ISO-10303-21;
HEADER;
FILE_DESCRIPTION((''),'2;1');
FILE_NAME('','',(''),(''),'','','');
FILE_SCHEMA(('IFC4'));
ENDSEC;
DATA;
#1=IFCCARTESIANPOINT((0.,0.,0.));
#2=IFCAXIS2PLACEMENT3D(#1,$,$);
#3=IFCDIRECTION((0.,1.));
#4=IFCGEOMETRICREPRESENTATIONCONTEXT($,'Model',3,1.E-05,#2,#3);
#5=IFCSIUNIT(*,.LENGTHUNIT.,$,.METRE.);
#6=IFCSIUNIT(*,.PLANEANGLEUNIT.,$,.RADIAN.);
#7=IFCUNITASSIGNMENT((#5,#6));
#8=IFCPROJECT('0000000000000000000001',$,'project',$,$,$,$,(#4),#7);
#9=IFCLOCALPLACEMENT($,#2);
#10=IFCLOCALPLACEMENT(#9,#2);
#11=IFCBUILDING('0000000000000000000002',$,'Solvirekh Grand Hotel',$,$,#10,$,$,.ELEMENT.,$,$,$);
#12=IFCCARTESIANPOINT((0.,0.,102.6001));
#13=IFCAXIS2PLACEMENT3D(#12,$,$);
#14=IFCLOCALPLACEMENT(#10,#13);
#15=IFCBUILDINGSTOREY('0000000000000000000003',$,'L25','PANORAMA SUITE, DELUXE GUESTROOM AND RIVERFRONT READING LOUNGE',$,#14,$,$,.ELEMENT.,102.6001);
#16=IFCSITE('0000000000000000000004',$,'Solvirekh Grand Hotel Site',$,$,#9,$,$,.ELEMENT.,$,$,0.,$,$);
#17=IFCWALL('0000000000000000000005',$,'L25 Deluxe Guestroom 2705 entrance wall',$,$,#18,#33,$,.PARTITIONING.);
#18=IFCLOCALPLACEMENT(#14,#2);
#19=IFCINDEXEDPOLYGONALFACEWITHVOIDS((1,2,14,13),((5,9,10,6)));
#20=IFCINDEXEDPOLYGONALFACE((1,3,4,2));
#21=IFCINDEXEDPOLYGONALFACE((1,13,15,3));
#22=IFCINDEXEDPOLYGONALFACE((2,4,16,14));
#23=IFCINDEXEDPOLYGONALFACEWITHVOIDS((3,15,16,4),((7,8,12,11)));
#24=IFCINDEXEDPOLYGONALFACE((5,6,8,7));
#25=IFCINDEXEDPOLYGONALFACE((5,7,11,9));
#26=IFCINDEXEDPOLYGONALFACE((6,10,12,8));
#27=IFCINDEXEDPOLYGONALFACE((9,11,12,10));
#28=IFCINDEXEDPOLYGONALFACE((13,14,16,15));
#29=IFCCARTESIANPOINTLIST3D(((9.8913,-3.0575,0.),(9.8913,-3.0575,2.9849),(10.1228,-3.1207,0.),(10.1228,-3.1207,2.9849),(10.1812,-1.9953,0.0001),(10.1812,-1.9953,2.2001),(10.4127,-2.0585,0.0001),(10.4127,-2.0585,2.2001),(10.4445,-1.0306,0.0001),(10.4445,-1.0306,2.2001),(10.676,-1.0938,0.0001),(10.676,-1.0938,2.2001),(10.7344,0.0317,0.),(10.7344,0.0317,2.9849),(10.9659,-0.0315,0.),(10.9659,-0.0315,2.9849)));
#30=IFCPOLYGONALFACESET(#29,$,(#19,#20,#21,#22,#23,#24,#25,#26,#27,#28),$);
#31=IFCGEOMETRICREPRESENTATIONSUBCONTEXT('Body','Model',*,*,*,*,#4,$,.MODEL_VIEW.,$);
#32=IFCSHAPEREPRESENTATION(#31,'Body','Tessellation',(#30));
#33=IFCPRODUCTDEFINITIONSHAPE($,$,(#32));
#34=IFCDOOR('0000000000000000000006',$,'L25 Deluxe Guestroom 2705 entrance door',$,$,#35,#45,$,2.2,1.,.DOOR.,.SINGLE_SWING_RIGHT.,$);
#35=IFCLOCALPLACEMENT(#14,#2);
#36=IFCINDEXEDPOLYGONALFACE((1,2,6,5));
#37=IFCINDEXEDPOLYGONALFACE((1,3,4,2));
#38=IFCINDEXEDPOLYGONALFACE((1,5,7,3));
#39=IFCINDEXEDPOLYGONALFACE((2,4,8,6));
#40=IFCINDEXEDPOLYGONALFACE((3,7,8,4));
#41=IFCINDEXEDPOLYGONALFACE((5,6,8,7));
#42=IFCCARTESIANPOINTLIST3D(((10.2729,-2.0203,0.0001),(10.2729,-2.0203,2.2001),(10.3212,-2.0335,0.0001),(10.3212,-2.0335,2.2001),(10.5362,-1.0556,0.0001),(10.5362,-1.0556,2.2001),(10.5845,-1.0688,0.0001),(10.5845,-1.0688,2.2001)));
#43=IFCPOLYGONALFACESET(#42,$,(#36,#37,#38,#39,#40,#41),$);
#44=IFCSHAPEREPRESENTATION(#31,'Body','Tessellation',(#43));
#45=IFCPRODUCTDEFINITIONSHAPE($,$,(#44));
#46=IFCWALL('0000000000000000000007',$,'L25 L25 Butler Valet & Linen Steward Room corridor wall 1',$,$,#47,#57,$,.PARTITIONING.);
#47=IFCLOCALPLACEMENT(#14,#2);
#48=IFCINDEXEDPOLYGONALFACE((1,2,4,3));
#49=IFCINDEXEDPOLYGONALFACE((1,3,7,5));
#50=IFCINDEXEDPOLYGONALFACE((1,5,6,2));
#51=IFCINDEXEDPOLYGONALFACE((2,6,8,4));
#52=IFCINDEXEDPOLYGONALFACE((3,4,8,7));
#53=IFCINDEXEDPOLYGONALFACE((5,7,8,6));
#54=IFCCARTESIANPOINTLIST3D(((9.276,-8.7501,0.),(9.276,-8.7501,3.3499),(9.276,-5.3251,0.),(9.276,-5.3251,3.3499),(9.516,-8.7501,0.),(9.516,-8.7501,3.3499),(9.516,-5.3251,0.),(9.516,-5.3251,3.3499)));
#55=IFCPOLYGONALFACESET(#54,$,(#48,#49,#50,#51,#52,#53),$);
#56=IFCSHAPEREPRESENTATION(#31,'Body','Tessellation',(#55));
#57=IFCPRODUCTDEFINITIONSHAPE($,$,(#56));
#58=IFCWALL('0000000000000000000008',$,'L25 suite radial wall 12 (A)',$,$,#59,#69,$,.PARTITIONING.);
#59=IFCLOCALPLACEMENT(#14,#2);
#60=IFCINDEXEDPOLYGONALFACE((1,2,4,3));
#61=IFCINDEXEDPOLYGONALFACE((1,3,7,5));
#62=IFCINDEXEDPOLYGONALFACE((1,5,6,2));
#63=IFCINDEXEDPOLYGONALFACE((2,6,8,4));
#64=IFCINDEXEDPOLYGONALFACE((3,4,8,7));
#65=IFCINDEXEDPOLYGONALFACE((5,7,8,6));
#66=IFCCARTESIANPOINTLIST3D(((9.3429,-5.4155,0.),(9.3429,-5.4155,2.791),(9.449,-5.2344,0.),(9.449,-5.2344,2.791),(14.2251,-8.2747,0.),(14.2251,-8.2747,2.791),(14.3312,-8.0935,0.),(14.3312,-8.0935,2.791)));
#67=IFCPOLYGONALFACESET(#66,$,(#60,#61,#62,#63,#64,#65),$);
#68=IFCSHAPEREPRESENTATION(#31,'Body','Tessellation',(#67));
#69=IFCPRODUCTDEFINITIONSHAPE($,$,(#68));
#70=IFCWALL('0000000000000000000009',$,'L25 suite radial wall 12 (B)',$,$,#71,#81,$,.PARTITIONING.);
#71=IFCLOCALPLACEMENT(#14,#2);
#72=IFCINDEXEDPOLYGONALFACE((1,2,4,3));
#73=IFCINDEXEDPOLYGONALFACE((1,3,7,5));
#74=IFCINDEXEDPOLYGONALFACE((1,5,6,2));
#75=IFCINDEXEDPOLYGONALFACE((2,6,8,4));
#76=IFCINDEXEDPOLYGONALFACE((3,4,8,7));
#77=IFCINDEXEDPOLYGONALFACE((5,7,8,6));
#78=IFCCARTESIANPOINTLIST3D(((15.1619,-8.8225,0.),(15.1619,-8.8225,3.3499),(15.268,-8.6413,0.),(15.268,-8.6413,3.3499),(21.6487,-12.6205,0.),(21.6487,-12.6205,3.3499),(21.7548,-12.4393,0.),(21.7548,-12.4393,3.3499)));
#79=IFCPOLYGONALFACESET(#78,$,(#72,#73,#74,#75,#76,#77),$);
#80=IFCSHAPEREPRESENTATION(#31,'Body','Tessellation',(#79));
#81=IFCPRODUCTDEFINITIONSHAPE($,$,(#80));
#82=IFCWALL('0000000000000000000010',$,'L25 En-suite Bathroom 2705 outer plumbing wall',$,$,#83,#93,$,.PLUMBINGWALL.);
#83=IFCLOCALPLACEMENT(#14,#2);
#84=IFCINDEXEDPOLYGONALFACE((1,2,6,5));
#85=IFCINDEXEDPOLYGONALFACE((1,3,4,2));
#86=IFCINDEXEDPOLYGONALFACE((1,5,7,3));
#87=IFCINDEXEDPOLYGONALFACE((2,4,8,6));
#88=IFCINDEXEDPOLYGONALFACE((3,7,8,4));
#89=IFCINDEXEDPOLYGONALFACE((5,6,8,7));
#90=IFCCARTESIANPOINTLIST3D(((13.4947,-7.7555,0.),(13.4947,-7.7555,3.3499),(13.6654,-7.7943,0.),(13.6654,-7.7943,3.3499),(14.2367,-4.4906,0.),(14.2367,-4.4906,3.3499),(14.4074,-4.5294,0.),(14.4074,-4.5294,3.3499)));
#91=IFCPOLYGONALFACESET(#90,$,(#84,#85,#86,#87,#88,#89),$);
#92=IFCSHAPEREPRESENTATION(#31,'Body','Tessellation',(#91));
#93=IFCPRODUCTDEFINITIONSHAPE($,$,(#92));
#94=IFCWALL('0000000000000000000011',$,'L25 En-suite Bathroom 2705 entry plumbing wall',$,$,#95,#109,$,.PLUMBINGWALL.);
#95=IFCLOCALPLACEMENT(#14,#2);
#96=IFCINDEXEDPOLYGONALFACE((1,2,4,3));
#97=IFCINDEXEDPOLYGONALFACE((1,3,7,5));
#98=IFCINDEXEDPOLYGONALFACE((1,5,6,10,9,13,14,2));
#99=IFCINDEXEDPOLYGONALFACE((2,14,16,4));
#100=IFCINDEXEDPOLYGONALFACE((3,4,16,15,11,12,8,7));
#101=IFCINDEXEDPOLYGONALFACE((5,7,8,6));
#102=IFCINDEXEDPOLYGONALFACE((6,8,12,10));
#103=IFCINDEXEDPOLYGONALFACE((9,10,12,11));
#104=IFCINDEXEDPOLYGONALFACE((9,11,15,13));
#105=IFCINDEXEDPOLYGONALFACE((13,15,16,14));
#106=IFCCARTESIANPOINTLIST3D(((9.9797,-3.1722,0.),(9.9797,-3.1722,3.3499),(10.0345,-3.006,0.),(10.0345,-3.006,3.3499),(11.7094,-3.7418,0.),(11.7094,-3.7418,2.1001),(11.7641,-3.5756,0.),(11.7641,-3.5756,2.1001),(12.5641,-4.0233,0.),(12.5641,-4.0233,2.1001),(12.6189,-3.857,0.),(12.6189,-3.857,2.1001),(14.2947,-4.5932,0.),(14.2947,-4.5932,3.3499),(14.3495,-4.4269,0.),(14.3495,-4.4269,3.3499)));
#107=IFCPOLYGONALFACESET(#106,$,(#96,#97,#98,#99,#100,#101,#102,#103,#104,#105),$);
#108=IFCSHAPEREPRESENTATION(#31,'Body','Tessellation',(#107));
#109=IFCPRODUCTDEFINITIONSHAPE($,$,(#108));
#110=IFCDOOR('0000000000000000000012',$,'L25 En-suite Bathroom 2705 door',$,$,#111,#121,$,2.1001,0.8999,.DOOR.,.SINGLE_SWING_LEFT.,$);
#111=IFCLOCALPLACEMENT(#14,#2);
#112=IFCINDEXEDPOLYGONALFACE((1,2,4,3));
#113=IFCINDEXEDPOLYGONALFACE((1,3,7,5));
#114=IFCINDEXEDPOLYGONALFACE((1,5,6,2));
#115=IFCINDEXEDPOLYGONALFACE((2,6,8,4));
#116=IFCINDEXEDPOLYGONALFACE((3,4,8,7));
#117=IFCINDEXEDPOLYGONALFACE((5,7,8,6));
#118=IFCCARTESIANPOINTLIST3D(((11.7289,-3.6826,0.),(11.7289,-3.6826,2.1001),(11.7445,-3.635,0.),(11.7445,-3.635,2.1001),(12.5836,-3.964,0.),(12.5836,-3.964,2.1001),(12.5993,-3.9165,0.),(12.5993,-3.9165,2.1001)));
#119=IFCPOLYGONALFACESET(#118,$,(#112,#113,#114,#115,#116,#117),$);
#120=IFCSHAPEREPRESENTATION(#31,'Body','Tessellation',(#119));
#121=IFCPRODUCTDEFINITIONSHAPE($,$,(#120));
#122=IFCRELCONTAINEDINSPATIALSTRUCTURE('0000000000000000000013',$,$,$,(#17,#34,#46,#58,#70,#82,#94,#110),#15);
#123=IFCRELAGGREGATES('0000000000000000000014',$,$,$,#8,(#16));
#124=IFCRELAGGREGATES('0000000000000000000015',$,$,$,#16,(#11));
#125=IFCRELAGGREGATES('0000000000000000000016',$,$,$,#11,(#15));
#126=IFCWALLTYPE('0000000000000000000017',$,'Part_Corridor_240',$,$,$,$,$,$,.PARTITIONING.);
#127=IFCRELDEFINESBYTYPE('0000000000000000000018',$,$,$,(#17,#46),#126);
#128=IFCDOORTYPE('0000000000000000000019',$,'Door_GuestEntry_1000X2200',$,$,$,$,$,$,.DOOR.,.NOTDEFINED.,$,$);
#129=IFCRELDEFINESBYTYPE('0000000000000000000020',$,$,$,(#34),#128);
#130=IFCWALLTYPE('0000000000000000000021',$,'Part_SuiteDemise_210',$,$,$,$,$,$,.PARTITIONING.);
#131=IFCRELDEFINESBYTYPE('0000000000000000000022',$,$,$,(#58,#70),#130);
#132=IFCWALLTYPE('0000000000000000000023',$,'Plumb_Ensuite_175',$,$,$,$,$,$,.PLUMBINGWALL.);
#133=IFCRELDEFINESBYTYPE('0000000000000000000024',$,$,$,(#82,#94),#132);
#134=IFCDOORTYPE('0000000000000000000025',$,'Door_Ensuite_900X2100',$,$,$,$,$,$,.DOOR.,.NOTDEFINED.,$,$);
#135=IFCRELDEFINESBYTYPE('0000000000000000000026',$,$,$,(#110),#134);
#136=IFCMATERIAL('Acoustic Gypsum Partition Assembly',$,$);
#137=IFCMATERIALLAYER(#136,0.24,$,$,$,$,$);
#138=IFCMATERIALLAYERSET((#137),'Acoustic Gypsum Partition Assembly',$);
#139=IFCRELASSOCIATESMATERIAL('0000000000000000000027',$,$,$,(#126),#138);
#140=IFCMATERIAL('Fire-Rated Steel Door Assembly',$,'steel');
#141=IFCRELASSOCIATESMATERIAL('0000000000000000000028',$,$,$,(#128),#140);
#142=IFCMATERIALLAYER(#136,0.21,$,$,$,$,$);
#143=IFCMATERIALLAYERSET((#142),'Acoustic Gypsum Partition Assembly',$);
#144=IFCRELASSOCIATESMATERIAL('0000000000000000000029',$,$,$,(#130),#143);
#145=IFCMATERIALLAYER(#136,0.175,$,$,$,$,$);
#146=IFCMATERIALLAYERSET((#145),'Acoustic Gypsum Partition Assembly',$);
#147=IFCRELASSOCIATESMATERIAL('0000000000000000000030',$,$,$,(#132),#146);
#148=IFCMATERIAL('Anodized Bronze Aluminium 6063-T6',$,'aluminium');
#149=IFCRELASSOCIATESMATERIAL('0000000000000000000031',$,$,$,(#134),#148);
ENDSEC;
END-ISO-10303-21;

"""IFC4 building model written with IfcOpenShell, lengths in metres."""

from ifc_helpers import new_model, si_unit, direction, frame, frame_2d, origin, place, context, subcontext, project, spatial, rectangle, extrude, material, layer, layer_set, type_object, element, fill, save


model = new_model("IFC4")

# Units and contexts
model_context = context("Model", 3, precision=1e-05, world=origin(), true_north=direction((0.0, 1.0)))
body_context = subcontext(model_context, "Body", "Model", "MODEL_VIEW")
ifc_project = project(units=[si_unit("LENGTHUNIT", "METRE"), si_unit("PLANEANGLEUNIT", "RADIAN")], contexts=[model_context])

# Site, building, storey
site_placement = place(None, origin())
site = spatial("IfcSite", under=ifc_project, at=site_placement, Name="Solvirekh Grand Hotel Site", CompositionType="ELEMENT", RefElevation=0.0)
building_placement = place(site_placement, origin())
building = spatial("IfcBuilding", under=site, at=building_placement, Name="Solvirekh Grand Hotel", CompositionType="ELEMENT")
storey_placement = place(building_placement, frame((0.0, 0.0, 102.6001)))
storey = spatial("IfcBuildingStorey", under=building, at=storey_placement, Name="L25", Description="PANORAMA SUITE, DELUXE GUESTROOM AND RIVERFRONT READING LOUNGE", CompositionType="ELEMENT", Elevation=102.6001)

# Shared definitions
ifc_material_1 = material(Name="Anodized Bronze Aluminium 6063-T6", Category="aluminium")

# Shared definitions
ifc_material_2 = material(Name="Acoustic Gypsum Partition Assembly")
ifc_layer_1 = layer(ifc_material_2, 0.24)
ifc_layer_set_1 = layer_set([ifc_layer_1], Name="Acoustic Gypsum Partition Assembly")
wall_type_1 = type_object("IfcWallType", Name="Part_Corridor_240", PredefinedType="PARTITIONING", material=ifc_layer_set_1)
ifc_material_3 = material(Name="Fire-Rated Steel Door Assembly", Category="steel")

# Wall, opening, door
wall_1_placement = place(storey_placement, frame((10.0071, -3.0891, 0.0), z_axis=(0.0, 0.0, 1.0), x_axis=(0.263272, 0.964722, 0.0)))
wall_1 = element("IfcWall", 1, at=wall_1_placement, inside=storey, type_object=wall_type_1, Name="L25 Deluxe Guestroom 2705 entrance wall", PredefinedType="PARTITIONING", context=body_context, shape_type="SweptSolid", body=[
    extrude(rectangle(XDim=3.2021, YDim=0.24, at=frame_2d((1.6011, 0.0))), origin(), (0.0, 0.0, 1.0), 2.9849),
])
opening_1_placement = place(wall_1_placement, frame((1.1011, 0.0, 0.0)))
opening_1 = element("IfcOpeningElement", 2, at=opening_1_placement, cuts=wall_1, PredefinedType="OPENING", context=body_context, shape_type="SweptSolid", body=[
    extrude(rectangle(XDim=1.0, YDim=2.2, at=frame_2d((0.5, 1.1001))), frame((0.0, 0.1299, 0.0), z_axis=(0.0, -1.0, 0.0), x_axis=(1.0, 0.0, 0.0)), (0.0, 0.0, 1.0), 0.26),
])
door_type_1 = type_object("IfcDoorType", Name="Door_GuestEntry_1000X2200", OperationType="NOTDEFINED", PredefinedType="DOOR", material=ifc_material_3)
door_1_placement = place(opening_1_placement, origin())
door_1 = element("IfcDoor", 3, at=door_1_placement, inside=storey, type_object=door_type_1, Name="L25 Deluxe Guestroom 2705 entrance door", OperationType="SINGLE_SWING_RIGHT", OverallHeight=2.2, OverallWidth=1.0, PredefinedType="DOOR", context=body_context, shape_type="SweptSolid", body=[
    extrude(rectangle(XDim=1.0, YDim=2.2, at=frame_2d((0.5, 1.1001))), frame((0.0, 0.0249, 0.0), z_axis=(0.0, -1.0, 0.0), x_axis=(1.0, 0.0, 0.0)), (0.0, 0.0, 1.0), 0.05),
])
fill(opening_1, door_1)

# Walls
wall_2_placement = place(storey_placement, frame((9.396, -8.75, 0.0), z_axis=(0.0, 0.0, 1.0), x_axis=(0.0, 1.0, 0.0)))
element("IfcWall", 4, at=wall_2_placement, inside=storey, type_object=wall_type_1, Name="L25 L25 Butler Valet & Linen Steward Room corridor wall 1", PredefinedType="PARTITIONING", context=body_context, shape_type="SweptSolid", body=[
    extrude(rectangle(XDim=3.425, YDim=0.24, at=frame_2d((1.7124, 0.0))), origin(), (0.0, 0.0, 1.0), 3.3499),
])
ifc_layer_2 = layer(ifc_material_2, 0.21)
ifc_layer_set_2 = layer_set([ifc_layer_2], Name="Acoustic Gypsum Partition Assembly")
wall_type_2 = type_object("IfcWallType", Name="Part_SuiteDemise_210", PredefinedType="PARTITIONING", material=ifc_layer_set_2)
wall_3_placement = place(storey_placement, frame((9.396, -5.325, 0.0), z_axis=(0.0, 0.0, 1.0), x_axis=(0.862912, -0.505354, 0.0)))
element("IfcWall", 5, at=wall_3_placement, inside=storey, type_object=wall_type_2, Name="L25 suite radial wall 12 (A)", PredefinedType="PARTITIONING", context=body_context, shape_type="SweptSolid", body=[
    extrude(rectangle(XDim=5.6577, YDim=0.21, at=frame_2d((2.8289, 0.0))), origin(), (0.0, 0.0, 1.0), 2.791),
])
wall_4_placement = place(storey_placement, frame((15.2151, -8.7319, 0.0), z_axis=(0.0, 0.0, 1.0), x_axis=(0.86296, -0.505272, 0.0)))
element("IfcWall", 6, at=wall_4_placement, inside=storey, type_object=wall_type_2, Name="L25 suite radial wall 12 (B)", PredefinedType="PARTITIONING", context=body_context, shape_type="SweptSolid", body=[
    extrude(rectangle(XDim=7.5168, YDim=0.21, at=frame_2d((3.7583, 0.0))), origin(), (0.0, 0.0, 1.0), 3.3499),
])
ifc_layer_3 = layer(ifc_material_2, 0.175)
ifc_layer_set_3 = layer_set([ifc_layer_3], Name="Acoustic Gypsum Partition Assembly")
wall_type_3 = type_object("IfcWallType", Name="Plumb_Ensuite_175", PredefinedType="PLUMBINGWALL", material=ifc_layer_set_3)
wall_5_placement = place(storey_placement, frame((13.5801, -7.7749, 0.0), z_axis=(0.0, 0.0, 1.0), x_axis=(0.221599, 0.975138, 0.0)))
element("IfcWall", 7, at=wall_5_placement, inside=storey, type_object=wall_type_3, Name="L25 En-suite Bathroom 2705 outer plumbing wall", PredefinedType="PLUMBINGWALL", context=body_context, shape_type="SweptSolid", body=[
    extrude(rectangle(XDim=3.3481, YDim=0.175, at=frame_2d((1.6741, 0.0))), origin(), (0.0, 0.0, 1.0), 3.3499),
])

# Wall, opening, door
wall_6_placement = place(storey_placement, frame((10.0071, -3.0891, 0.0), z_axis=(0.0, 0.0, 1.0), x_axis=(0.949827, -0.312775, 0.0)))
wall_6 = element("IfcWall", 8, at=wall_6_placement, inside=storey, type_object=wall_type_3, Name="L25 En-suite Bathroom 2705 entry plumbing wall", PredefinedType="PLUMBINGWALL", context=body_context, shape_type="SweptSolid", body=[
    extrude(rectangle(XDim=4.543, YDim=0.175, at=frame_2d((2.2715, 0.0))), origin(), (0.0, 0.0, 1.0), 3.3499),
])
opening_2_placement = place(wall_6_placement, frame((1.821, 0.0, 0.0)))
opening_2 = element("IfcOpeningElement", 9, at=opening_2_placement, cuts=wall_6, PredefinedType="OPENING", context=body_context, shape_type="SweptSolid", body=[
    extrude(rectangle(XDim=0.8999, YDim=2.1001, at=frame_2d((0.45, 1.05))), frame((0.0, 0.0977, 0.0), z_axis=(0.0, -1.0, 0.0), x_axis=(1.0, 0.0, 0.0)), (0.0, 0.0, 1.0), 0.1951),
])
door_type_2 = type_object("IfcDoorType", Name="Door_Ensuite_900X2100", OperationType="NOTDEFINED", PredefinedType="DOOR", material=ifc_material_1)
door_2_placement = place(opening_2_placement, origin())
door_2 = element("IfcDoor", 10, at=door_2_placement, inside=storey, type_object=door_type_2, Name="L25 En-suite Bathroom 2705 door", OperationType="SINGLE_SWING_LEFT", OverallHeight=2.1001, OverallWidth=0.8999, PredefinedType="DOOR", context=body_context, shape_type="SweptSolid", body=[
    extrude(rectangle(XDim=0.8999, YDim=2.1001, at=frame_2d((0.45, 1.05))), frame((0.0, 0.0249, 0.0), z_axis=(0.0, -1.0, 0.0), x_axis=(1.0, 0.0, 0.0)), (0.0, 0.0, 1.0), 0.05),
])
fill(opening_2, door_2)

save(model, "model.ifc")
